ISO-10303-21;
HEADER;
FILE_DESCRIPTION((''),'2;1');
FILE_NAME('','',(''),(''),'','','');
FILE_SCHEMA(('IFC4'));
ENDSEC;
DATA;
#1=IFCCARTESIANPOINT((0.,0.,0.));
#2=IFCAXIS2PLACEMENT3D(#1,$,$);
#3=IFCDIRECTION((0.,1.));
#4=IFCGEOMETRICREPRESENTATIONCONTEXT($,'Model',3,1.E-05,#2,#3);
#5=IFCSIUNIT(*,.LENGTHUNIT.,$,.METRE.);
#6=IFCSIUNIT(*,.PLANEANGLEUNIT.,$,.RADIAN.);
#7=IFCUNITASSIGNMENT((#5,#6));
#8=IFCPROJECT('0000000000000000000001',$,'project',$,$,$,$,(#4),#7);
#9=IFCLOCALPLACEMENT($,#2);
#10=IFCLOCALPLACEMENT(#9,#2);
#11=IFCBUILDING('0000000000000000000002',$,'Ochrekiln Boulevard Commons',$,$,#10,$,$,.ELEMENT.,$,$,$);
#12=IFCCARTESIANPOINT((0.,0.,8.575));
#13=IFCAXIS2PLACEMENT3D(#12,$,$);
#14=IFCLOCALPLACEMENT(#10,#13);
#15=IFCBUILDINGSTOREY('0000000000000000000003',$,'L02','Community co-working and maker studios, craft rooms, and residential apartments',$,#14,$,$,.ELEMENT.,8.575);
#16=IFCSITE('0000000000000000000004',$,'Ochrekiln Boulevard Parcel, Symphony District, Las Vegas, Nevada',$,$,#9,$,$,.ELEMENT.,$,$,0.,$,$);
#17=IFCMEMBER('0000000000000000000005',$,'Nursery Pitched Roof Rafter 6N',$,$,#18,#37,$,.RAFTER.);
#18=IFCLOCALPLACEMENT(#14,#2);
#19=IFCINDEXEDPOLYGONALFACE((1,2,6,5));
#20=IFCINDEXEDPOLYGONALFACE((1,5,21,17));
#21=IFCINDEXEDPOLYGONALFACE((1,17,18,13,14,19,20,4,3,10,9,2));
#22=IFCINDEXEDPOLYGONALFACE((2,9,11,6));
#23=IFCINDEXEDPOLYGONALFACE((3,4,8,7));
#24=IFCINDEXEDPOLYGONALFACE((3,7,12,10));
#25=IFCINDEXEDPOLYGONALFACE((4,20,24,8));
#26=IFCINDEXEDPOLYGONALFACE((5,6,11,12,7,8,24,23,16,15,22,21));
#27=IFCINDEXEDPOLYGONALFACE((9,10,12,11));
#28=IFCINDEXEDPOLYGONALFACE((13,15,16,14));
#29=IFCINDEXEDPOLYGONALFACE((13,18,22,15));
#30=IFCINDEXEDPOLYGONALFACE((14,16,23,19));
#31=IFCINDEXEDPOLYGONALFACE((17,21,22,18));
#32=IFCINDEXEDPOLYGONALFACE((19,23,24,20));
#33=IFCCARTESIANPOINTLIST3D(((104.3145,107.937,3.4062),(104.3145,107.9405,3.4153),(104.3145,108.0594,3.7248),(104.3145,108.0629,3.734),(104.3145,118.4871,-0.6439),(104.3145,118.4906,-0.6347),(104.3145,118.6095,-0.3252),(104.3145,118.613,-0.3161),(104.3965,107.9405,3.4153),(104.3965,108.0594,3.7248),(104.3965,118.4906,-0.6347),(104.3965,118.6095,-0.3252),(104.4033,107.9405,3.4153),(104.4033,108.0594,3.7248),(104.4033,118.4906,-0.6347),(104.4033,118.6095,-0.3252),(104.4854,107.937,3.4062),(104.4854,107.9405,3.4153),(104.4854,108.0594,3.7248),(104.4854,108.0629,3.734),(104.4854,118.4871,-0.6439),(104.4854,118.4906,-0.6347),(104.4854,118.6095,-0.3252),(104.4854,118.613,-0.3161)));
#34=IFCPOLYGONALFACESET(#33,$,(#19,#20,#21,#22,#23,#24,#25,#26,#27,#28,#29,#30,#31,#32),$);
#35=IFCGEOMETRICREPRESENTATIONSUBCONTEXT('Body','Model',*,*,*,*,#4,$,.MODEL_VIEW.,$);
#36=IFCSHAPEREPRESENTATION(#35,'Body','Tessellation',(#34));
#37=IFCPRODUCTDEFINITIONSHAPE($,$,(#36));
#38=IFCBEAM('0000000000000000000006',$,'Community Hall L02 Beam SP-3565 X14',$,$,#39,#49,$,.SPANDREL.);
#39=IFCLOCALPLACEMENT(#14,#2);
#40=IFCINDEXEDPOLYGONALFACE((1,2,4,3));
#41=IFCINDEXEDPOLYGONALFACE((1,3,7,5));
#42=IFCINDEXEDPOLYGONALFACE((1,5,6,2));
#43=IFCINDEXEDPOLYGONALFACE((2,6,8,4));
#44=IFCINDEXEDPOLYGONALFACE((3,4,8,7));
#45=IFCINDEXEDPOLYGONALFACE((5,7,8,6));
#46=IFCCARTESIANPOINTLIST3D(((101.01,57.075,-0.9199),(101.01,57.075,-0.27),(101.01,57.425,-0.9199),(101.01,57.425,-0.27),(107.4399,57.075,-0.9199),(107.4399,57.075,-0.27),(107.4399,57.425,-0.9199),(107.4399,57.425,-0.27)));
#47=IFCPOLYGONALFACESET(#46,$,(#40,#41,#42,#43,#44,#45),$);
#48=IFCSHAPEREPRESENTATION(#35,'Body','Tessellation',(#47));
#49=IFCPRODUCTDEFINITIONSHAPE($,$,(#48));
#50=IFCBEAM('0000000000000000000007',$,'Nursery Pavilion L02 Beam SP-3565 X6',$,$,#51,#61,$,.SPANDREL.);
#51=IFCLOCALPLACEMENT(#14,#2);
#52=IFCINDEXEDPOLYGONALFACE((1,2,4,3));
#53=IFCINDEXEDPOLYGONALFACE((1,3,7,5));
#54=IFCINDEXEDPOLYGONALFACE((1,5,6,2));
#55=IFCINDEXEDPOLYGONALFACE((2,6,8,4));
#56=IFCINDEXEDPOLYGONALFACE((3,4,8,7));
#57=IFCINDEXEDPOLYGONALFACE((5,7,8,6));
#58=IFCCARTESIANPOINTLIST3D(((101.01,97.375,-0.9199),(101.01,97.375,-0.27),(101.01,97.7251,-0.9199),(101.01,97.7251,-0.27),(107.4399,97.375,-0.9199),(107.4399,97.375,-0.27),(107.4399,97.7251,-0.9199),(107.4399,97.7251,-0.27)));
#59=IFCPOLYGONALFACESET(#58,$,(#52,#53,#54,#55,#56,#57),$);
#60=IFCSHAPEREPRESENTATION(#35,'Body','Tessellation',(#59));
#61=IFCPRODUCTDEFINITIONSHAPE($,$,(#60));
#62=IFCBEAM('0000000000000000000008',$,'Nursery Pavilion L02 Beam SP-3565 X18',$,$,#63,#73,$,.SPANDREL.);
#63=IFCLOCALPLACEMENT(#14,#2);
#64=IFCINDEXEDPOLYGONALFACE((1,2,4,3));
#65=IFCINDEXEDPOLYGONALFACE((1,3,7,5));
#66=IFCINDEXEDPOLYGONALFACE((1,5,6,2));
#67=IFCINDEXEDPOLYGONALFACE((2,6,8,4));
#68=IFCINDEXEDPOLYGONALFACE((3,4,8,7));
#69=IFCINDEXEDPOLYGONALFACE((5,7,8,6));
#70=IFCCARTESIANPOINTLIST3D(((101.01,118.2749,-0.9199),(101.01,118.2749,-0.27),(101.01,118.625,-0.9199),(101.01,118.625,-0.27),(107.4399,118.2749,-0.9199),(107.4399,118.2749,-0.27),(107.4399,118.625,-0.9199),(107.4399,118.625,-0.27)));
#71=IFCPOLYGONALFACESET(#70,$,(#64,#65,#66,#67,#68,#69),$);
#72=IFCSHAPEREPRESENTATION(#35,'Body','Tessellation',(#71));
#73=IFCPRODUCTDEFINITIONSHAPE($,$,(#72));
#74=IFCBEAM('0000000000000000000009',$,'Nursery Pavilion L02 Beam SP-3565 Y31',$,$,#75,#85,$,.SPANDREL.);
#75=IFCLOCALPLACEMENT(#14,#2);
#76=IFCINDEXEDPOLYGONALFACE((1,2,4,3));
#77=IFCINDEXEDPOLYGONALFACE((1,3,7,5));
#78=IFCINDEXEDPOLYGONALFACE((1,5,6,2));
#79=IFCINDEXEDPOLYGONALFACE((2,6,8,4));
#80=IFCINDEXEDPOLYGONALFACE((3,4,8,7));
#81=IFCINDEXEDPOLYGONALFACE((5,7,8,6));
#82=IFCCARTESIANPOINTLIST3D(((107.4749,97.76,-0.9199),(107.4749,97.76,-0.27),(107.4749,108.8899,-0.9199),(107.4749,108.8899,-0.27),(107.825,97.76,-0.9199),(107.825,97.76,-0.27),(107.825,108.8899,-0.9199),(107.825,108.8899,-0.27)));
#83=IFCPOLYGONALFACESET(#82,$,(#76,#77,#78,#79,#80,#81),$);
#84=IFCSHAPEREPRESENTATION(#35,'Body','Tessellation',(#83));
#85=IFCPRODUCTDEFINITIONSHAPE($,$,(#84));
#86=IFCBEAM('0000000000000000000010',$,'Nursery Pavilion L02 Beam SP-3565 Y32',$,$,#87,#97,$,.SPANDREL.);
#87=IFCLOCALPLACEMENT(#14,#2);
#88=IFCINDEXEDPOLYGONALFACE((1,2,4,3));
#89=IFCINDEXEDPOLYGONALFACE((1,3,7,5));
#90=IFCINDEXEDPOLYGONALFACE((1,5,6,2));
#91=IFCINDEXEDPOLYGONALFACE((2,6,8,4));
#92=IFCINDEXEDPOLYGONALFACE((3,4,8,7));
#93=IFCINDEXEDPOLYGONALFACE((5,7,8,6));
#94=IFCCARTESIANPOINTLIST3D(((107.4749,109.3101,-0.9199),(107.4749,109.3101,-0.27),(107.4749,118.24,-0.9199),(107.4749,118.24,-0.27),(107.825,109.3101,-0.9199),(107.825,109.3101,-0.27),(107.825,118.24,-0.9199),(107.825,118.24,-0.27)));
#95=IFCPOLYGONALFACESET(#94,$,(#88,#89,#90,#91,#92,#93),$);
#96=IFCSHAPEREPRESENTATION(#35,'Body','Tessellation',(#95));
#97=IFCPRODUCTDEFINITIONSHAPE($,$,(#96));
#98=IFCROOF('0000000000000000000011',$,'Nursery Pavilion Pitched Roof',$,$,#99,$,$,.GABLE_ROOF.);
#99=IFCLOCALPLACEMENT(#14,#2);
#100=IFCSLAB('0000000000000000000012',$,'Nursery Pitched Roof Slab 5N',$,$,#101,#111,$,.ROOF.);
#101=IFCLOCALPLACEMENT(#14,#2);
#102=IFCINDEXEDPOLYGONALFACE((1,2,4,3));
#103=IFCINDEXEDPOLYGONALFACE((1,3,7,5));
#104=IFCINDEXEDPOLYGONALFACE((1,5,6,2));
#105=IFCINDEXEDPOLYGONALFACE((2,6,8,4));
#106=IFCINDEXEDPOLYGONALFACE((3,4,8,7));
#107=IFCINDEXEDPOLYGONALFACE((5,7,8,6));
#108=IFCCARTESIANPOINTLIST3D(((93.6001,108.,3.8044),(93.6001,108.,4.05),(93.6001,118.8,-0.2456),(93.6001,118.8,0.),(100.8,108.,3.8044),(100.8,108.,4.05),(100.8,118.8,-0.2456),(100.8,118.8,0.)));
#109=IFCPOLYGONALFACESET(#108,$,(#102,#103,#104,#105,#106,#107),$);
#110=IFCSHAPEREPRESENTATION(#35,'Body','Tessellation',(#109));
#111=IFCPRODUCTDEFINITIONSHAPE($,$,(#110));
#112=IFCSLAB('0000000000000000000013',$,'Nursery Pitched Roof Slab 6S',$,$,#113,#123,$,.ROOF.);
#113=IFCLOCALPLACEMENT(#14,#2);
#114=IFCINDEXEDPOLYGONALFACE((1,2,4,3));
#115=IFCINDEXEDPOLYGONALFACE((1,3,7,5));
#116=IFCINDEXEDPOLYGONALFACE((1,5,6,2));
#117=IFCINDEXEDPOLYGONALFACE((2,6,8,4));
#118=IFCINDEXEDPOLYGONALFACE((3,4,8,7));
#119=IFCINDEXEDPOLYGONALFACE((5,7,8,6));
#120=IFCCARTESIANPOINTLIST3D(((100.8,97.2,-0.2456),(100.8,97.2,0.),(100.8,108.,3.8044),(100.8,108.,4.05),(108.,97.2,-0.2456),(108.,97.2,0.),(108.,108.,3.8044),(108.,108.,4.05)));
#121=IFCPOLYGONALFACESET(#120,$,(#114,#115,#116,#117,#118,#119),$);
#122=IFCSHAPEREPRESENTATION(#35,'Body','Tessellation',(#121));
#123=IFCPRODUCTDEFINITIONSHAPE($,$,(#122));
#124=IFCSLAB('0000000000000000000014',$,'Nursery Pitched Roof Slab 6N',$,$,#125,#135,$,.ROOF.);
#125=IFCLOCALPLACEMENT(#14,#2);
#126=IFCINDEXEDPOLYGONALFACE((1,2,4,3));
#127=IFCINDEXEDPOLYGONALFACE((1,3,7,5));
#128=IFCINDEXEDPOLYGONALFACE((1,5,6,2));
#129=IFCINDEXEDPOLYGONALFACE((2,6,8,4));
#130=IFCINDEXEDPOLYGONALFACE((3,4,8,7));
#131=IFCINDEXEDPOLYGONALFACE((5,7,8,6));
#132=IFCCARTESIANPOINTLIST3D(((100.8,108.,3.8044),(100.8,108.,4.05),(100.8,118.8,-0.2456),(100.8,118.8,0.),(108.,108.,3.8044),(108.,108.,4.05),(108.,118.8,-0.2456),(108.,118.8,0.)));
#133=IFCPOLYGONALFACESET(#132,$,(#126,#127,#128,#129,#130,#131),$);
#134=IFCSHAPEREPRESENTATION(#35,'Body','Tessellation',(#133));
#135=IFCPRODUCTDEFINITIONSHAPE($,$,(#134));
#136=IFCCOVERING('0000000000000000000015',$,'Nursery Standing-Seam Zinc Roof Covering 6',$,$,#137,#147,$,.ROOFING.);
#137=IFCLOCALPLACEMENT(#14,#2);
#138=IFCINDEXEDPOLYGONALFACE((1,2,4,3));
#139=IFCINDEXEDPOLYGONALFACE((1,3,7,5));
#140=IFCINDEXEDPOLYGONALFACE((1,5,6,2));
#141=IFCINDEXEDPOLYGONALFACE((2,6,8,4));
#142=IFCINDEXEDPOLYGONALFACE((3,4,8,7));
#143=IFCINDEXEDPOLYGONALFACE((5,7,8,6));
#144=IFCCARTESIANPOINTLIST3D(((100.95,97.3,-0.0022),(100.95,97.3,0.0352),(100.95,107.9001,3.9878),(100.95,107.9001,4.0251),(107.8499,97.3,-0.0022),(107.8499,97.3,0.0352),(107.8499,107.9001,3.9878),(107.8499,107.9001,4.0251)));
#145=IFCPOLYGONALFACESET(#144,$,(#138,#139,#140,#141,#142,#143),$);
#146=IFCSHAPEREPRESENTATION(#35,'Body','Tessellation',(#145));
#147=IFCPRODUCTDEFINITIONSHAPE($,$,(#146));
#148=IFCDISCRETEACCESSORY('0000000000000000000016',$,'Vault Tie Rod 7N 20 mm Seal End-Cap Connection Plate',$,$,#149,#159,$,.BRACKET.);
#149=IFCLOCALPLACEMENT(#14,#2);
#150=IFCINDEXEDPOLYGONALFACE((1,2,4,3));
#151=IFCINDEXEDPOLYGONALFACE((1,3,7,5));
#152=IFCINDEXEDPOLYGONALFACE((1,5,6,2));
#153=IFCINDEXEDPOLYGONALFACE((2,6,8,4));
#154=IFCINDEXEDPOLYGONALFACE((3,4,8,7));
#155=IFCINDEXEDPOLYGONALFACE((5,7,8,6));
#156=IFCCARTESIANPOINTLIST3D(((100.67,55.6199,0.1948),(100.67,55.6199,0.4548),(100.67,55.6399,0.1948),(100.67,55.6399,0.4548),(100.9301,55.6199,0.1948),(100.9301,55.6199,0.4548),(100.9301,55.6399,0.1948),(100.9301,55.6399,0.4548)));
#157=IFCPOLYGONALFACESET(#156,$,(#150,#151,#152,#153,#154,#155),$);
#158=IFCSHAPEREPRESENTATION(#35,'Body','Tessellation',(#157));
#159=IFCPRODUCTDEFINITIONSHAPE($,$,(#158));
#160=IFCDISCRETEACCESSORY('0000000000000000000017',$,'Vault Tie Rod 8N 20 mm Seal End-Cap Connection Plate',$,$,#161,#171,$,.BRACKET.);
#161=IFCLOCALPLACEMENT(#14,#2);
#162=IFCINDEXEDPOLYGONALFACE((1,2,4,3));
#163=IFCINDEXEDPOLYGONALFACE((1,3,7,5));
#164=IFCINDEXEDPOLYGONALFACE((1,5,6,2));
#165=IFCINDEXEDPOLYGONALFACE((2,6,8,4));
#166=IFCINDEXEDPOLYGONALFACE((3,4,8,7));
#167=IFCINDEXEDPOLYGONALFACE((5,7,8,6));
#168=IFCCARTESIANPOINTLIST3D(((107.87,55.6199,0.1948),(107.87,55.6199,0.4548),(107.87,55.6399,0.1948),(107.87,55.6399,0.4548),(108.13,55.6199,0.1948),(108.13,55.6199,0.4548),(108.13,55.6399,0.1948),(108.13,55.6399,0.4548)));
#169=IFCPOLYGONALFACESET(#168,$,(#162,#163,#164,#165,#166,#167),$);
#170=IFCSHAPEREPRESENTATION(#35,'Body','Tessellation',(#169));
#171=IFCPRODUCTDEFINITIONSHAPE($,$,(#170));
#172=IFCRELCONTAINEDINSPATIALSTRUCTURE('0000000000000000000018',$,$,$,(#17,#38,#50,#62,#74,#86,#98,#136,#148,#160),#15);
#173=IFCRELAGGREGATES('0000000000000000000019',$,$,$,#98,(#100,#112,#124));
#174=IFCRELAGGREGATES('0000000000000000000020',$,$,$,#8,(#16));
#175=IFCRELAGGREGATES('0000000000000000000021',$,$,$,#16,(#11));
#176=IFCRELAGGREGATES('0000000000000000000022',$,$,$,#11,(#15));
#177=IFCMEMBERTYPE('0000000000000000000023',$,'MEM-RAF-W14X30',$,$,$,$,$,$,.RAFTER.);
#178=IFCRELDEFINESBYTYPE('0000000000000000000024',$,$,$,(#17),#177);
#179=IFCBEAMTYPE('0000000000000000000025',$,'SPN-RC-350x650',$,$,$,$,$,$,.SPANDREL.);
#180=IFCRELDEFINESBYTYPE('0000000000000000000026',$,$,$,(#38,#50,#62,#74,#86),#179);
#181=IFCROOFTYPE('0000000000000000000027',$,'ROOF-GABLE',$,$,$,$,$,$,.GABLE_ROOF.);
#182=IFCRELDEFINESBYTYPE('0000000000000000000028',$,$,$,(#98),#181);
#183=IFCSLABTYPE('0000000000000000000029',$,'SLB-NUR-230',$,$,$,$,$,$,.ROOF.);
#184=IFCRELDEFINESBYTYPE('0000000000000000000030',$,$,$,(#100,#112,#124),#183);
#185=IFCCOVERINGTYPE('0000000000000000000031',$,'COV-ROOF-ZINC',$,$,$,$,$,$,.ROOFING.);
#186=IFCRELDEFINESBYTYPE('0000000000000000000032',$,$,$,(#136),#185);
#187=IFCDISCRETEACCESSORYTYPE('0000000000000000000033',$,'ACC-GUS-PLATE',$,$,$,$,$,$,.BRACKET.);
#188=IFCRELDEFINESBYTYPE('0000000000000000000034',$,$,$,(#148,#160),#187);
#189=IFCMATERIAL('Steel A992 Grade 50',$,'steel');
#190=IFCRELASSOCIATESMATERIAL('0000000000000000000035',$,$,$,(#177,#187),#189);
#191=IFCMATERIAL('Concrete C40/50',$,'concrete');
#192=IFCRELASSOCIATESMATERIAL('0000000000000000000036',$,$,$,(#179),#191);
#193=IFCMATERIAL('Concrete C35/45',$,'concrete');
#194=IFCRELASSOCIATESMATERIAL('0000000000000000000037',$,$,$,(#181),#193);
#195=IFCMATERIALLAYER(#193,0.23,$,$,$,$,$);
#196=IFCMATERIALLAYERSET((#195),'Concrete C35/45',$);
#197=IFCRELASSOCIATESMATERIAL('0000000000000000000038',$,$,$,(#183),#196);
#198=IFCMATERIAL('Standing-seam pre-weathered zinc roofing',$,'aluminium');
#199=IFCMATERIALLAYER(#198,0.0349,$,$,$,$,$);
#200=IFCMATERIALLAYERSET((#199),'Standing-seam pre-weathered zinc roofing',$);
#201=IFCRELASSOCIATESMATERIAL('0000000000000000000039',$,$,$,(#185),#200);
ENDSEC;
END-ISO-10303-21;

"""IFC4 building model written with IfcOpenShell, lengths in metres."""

from ifc_helpers import new_model, si_unit, direction, frame, origin, origin_2d, place, context, subcontext, project, spatial, polyline, rectangle, i_section, outline, extrude, material, layer, layer_set, material_profile, profile_set, type_object, element, aggregate, save


model = new_model("IFC4")

# Units and contexts
model_context = context("Model", 3, precision=1e-05, world=origin(), true_north=direction((0.0, 1.0)))
body_context = subcontext(model_context, "Body", "Model", "MODEL_VIEW")
ifc_project = project(units=[si_unit("LENGTHUNIT", "METRE"), si_unit("PLANEANGLEUNIT", "RADIAN")], contexts=[model_context])

# Site, building, storey
site_placement = place(None, origin())
site = spatial("IfcSite", under=ifc_project, at=site_placement, Name="Ochrekiln Boulevard Parcel, Symphony District, Las Vegas, Nevada", CompositionType="ELEMENT", RefElevation=0.0)
building_placement = place(site_placement, origin())
building = spatial("IfcBuilding", under=site, at=building_placement, Name="Ochrekiln Boulevard Commons", CompositionType="ELEMENT")
storey_placement = place(building_placement, frame((0.0, 0.0, 8.575)))
storey = spatial("IfcBuildingStorey", under=building, at=storey_placement, Name="L02", Description="Community co-working and maker studios, craft rooms, and residential apartments", CompositionType="ELEMENT", Elevation=8.575)

# Shared definitions
ifc_material_1 = material(Name="Concrete C35/45", Category="concrete")
ifc_material_2 = material(Name="Concrete C40/50", Category="concrete")

# Member
ifc_material_3 = material(Name="Steel A992 Grade 50", Category="steel")
ifc_material_profile_1 = material_profile(ifc_material_3, i_section(OverallWidth=0.1709, OverallDepth=0.3511, WebThickness=0.0068, FlangeThickness=0.0098, at=origin_2d()), Name="W14X30")
ifc_profile_set_1 = profile_set([ifc_material_profile_1], Name="Steel A992 Grade 50")
member_type_1 = type_object("IfcMemberType", Name="MEM-RAF-W14X30", PredefinedType="RAFTER", material=ifc_profile_set_1)
for number, where, z_axis, x_axis, name in (
    (1, (104.3999, 118.55, -0.48), (0.0, -0.933573, 0.358388), (1.0, 0.0, 0.0), "Nursery Pitched Roof Rafter 6N"),
):
    element("IfcMember", number, at=place(storey_placement, frame(where, z_axis=z_axis, x_axis=x_axis)), inside=storey, type_object=member_type_1, Name=name, PredefinedType="RAFTER", context=body_context, shape_type="SweptSolid", body=[
        extrude(i_section(OverallWidth=0.1709, OverallDepth=0.3511, WebThickness=0.0068, FlangeThickness=0.0098, at=origin_2d()), origin(), (0.0, 0.0, 1.0), 11.3008),
    ])

# Beams
ifc_material_profile_2 = material_profile(ifc_material_2, rectangle(XDim=0.3501, YDim=0.6499, at=origin_2d()), Name="RC-SPN-350x650")
ifc_profile_set_2 = profile_set([ifc_material_profile_2], Name="Concrete C40/50")
beam_type_1 = type_object("IfcBeamType", Name="SPN-RC-350x650", PredefinedType="SPANDREL", material=ifc_profile_set_2)
for number, where, z_axis, x_axis, name in (
    (2, (101.01, 57.25, -0.595), (1.0, 0.0, 0.0), (0.0, 1.0, 0.0), "Community Hall L02 Beam SP-3565 X14"),
    (3, (101.01, 97.55, -0.595), (1.0, 0.0, 0.0), (0.0, 1.0, 0.0), "Nursery Pavilion L02 Beam SP-3565 X6"),
    (4, (101.01, 118.45, -0.595), (1.0, 0.0, 0.0), (0.0, 1.0, 0.0), "Nursery Pavilion L02 Beam SP-3565 X18"),
):
    element("IfcBeam", number, at=place(storey_placement, frame(where, z_axis=z_axis, x_axis=x_axis)), inside=storey, type_object=beam_type_1, Name=name, PredefinedType="SPANDREL", context=body_context, shape_type="SweptSolid", body=[
        extrude(rectangle(XDim=0.3501, YDim=0.6499, at=origin_2d()), origin(), (0.0, 0.0, 1.0), 6.4299),
    ])
beam_1_placement = place(storey_placement, frame((107.6499, 97.76, -0.595), z_axis=(0.0, 1.0, 0.0), x_axis=(-1.0, 0.0, 0.0)))
element("IfcBeam", 5, at=beam_1_placement, inside=storey, type_object=beam_type_1, Name="Nursery Pavilion L02 Beam SP-3565 Y31", PredefinedType="SPANDREL", context=body_context, shape_type="SweptSolid", body=[
    extrude(rectangle(XDim=0.3501, YDim=0.6499, at=origin_2d()), origin(), (0.0, 0.0, 1.0), 11.1299),
])
beam_2_placement = place(storey_placement, frame((107.6499, 109.3101, -0.595), z_axis=(0.0, 1.0, 0.0), x_axis=(-1.0, 0.0, 0.0)))
element("IfcBeam", 6, at=beam_2_placement, inside=storey, type_object=beam_type_1, Name="Nursery Pavilion L02 Beam SP-3565 Y32", PredefinedType="SPANDREL", context=body_context, shape_type="SweptSolid", body=[
    extrude(rectangle(XDim=0.3501, YDim=0.6499, at=origin_2d()), origin(), (0.0, 0.0, 1.0), 8.9299),
])

# Roof, slabs
roof_type = type_object("IfcRoofType", Name="ROOF-GABLE", PredefinedType="GABLE_ROOF", material=ifc_material_1)
roof_placement = place(storey_placement, origin())
roof = element("IfcRoof", 7, at=roof_placement, inside=storey, type_object=roof_type, Name="Nursery Pavilion Pitched Roof", PredefinedType="GABLE_ROOF")
ifc_layer_1 = layer(ifc_material_1, 0.23)
ifc_layer_set_1 = layer_set([ifc_layer_1], Name="Concrete C35/45")
slab_type = type_object("IfcSlabType", Name="SLB-NUR-230", PredefinedType="ROOF", material=ifc_layer_set_1)
slab_1_placement = place(storey_placement, frame((100.8, 118.8, 0.0), z_axis=(-1.0, 0.0, 0.0), x_axis=(0.0, -1.0, 0.0)))
slab_1 = element("IfcSlab", 8, at=slab_1_placement, type_object=slab_type, Name="Nursery Pitched Roof Slab 5N", PredefinedType="ROOF", context=body_context, shape_type="SweptSolid", body=[
    extrude(outline(polyline([(0.0, 0.0), (10.8, 4.05), (10.8, 3.8044), (0.0, -0.2456), (0.0, 0.0)])), origin(), (0.0, 0.0, 1.0), 7.2),
])
slab_2_placement = place(storey_placement, frame((100.8, 97.2, 0.0), z_axis=(1.0, 0.0, 0.0), x_axis=(0.0, 1.0, 0.0)))
slab_2 = element("IfcSlab", 9, at=slab_2_placement, type_object=slab_type, Name="Nursery Pitched Roof Slab 6S", PredefinedType="ROOF", context=body_context, shape_type="SweptSolid", body=[
    extrude(outline(polyline([(0.0, 0.0), (10.8, 4.05), (10.8, 3.8044), (0.0, -0.2456), (0.0, 0.0)])), origin(), (0.0, 0.0, 1.0), 7.2),
])
slab_3_placement = place(storey_placement, frame((108.0, 118.8, 0.0), z_axis=(-1.0, 0.0, 0.0), x_axis=(0.0, -1.0, 0.0)))
slab_3 = element("IfcSlab", 10, at=slab_3_placement, type_object=slab_type, Name="Nursery Pitched Roof Slab 6N", PredefinedType="ROOF", context=body_context, shape_type="SweptSolid", body=[
    extrude(outline(polyline([(0.0, 0.0), (10.8, 4.05), (10.8, 3.8044), (0.0, -0.2456), (0.0, 0.0)])), origin(), (0.0, 0.0, 1.0), 7.2),
])
aggregate(roof, [slab_1, slab_2, slab_3])

# Covering
ifc_material_4 = material(Name="Standing-seam pre-weathered zinc roofing", Category="aluminium")
ifc_layer_2 = layer(ifc_material_4, 0.0349)
ifc_layer_set_2 = layer_set([ifc_layer_2], Name="Standing-seam pre-weathered zinc roofing")
covering_type = type_object("IfcCoveringType", Name="COV-ROOF-ZINC", PredefinedType="ROOFING", material=ifc_layer_set_2)
covering_placement = place(storey_placement, frame((100.95, 97.3, 0.0352), z_axis=(1.0, 0.0, 0.0), x_axis=(0.0, 1.0, 0.0)))
element("IfcCovering", 11, at=covering_placement, inside=storey, type_object=covering_type, Name="Nursery Standing-Seam Zinc Roof Covering 6", PredefinedType="ROOFING", context=body_context, shape_type="SweptSolid", body=[
    extrude(outline(polyline([(0.0, 0.0), (10.6001, 3.99), (10.6001, 3.9526), (0.0, -0.0374), (0.0, 0.0)])), origin(), (0.0, 0.0, 1.0), 6.8999),
])

# Discrete accessories
discrete_accessory_type = type_object("IfcDiscreteAccessoryType", Name="ACC-GUS-PLATE", PredefinedType="BRACKET", material=ifc_material_3)
for number, where, z_axis, x_axis, name in (
    (12, (100.8, 55.6299, 0.1948), (0.0, 0.0, 1.0), (1.0, 0.0, 0.0), "Vault Tie Rod 7N 20 mm Seal End-Cap Connection Plate"),
    (13, (108.0, 55.6299, 0.1948), (0.0, 0.0, 1.0), (1.0, 0.0, 0.0), "Vault Tie Rod 8N 20 mm Seal End-Cap Connection Plate"),
):
    element("IfcDiscreteAccessory", number, at=place(storey_placement, frame(where, z_axis=z_axis, x_axis=x_axis)), inside=storey, type_object=discrete_accessory_type, Name=name, PredefinedType="BRACKET", context=body_context, shape_type="SweptSolid", body=[
        extrude(rectangle(XDim=0.26, YDim=0.02, at=origin_2d()), origin(), (0.0, 0.0, 1.0), 0.26),
    ])

save(model, "model.ifc")
